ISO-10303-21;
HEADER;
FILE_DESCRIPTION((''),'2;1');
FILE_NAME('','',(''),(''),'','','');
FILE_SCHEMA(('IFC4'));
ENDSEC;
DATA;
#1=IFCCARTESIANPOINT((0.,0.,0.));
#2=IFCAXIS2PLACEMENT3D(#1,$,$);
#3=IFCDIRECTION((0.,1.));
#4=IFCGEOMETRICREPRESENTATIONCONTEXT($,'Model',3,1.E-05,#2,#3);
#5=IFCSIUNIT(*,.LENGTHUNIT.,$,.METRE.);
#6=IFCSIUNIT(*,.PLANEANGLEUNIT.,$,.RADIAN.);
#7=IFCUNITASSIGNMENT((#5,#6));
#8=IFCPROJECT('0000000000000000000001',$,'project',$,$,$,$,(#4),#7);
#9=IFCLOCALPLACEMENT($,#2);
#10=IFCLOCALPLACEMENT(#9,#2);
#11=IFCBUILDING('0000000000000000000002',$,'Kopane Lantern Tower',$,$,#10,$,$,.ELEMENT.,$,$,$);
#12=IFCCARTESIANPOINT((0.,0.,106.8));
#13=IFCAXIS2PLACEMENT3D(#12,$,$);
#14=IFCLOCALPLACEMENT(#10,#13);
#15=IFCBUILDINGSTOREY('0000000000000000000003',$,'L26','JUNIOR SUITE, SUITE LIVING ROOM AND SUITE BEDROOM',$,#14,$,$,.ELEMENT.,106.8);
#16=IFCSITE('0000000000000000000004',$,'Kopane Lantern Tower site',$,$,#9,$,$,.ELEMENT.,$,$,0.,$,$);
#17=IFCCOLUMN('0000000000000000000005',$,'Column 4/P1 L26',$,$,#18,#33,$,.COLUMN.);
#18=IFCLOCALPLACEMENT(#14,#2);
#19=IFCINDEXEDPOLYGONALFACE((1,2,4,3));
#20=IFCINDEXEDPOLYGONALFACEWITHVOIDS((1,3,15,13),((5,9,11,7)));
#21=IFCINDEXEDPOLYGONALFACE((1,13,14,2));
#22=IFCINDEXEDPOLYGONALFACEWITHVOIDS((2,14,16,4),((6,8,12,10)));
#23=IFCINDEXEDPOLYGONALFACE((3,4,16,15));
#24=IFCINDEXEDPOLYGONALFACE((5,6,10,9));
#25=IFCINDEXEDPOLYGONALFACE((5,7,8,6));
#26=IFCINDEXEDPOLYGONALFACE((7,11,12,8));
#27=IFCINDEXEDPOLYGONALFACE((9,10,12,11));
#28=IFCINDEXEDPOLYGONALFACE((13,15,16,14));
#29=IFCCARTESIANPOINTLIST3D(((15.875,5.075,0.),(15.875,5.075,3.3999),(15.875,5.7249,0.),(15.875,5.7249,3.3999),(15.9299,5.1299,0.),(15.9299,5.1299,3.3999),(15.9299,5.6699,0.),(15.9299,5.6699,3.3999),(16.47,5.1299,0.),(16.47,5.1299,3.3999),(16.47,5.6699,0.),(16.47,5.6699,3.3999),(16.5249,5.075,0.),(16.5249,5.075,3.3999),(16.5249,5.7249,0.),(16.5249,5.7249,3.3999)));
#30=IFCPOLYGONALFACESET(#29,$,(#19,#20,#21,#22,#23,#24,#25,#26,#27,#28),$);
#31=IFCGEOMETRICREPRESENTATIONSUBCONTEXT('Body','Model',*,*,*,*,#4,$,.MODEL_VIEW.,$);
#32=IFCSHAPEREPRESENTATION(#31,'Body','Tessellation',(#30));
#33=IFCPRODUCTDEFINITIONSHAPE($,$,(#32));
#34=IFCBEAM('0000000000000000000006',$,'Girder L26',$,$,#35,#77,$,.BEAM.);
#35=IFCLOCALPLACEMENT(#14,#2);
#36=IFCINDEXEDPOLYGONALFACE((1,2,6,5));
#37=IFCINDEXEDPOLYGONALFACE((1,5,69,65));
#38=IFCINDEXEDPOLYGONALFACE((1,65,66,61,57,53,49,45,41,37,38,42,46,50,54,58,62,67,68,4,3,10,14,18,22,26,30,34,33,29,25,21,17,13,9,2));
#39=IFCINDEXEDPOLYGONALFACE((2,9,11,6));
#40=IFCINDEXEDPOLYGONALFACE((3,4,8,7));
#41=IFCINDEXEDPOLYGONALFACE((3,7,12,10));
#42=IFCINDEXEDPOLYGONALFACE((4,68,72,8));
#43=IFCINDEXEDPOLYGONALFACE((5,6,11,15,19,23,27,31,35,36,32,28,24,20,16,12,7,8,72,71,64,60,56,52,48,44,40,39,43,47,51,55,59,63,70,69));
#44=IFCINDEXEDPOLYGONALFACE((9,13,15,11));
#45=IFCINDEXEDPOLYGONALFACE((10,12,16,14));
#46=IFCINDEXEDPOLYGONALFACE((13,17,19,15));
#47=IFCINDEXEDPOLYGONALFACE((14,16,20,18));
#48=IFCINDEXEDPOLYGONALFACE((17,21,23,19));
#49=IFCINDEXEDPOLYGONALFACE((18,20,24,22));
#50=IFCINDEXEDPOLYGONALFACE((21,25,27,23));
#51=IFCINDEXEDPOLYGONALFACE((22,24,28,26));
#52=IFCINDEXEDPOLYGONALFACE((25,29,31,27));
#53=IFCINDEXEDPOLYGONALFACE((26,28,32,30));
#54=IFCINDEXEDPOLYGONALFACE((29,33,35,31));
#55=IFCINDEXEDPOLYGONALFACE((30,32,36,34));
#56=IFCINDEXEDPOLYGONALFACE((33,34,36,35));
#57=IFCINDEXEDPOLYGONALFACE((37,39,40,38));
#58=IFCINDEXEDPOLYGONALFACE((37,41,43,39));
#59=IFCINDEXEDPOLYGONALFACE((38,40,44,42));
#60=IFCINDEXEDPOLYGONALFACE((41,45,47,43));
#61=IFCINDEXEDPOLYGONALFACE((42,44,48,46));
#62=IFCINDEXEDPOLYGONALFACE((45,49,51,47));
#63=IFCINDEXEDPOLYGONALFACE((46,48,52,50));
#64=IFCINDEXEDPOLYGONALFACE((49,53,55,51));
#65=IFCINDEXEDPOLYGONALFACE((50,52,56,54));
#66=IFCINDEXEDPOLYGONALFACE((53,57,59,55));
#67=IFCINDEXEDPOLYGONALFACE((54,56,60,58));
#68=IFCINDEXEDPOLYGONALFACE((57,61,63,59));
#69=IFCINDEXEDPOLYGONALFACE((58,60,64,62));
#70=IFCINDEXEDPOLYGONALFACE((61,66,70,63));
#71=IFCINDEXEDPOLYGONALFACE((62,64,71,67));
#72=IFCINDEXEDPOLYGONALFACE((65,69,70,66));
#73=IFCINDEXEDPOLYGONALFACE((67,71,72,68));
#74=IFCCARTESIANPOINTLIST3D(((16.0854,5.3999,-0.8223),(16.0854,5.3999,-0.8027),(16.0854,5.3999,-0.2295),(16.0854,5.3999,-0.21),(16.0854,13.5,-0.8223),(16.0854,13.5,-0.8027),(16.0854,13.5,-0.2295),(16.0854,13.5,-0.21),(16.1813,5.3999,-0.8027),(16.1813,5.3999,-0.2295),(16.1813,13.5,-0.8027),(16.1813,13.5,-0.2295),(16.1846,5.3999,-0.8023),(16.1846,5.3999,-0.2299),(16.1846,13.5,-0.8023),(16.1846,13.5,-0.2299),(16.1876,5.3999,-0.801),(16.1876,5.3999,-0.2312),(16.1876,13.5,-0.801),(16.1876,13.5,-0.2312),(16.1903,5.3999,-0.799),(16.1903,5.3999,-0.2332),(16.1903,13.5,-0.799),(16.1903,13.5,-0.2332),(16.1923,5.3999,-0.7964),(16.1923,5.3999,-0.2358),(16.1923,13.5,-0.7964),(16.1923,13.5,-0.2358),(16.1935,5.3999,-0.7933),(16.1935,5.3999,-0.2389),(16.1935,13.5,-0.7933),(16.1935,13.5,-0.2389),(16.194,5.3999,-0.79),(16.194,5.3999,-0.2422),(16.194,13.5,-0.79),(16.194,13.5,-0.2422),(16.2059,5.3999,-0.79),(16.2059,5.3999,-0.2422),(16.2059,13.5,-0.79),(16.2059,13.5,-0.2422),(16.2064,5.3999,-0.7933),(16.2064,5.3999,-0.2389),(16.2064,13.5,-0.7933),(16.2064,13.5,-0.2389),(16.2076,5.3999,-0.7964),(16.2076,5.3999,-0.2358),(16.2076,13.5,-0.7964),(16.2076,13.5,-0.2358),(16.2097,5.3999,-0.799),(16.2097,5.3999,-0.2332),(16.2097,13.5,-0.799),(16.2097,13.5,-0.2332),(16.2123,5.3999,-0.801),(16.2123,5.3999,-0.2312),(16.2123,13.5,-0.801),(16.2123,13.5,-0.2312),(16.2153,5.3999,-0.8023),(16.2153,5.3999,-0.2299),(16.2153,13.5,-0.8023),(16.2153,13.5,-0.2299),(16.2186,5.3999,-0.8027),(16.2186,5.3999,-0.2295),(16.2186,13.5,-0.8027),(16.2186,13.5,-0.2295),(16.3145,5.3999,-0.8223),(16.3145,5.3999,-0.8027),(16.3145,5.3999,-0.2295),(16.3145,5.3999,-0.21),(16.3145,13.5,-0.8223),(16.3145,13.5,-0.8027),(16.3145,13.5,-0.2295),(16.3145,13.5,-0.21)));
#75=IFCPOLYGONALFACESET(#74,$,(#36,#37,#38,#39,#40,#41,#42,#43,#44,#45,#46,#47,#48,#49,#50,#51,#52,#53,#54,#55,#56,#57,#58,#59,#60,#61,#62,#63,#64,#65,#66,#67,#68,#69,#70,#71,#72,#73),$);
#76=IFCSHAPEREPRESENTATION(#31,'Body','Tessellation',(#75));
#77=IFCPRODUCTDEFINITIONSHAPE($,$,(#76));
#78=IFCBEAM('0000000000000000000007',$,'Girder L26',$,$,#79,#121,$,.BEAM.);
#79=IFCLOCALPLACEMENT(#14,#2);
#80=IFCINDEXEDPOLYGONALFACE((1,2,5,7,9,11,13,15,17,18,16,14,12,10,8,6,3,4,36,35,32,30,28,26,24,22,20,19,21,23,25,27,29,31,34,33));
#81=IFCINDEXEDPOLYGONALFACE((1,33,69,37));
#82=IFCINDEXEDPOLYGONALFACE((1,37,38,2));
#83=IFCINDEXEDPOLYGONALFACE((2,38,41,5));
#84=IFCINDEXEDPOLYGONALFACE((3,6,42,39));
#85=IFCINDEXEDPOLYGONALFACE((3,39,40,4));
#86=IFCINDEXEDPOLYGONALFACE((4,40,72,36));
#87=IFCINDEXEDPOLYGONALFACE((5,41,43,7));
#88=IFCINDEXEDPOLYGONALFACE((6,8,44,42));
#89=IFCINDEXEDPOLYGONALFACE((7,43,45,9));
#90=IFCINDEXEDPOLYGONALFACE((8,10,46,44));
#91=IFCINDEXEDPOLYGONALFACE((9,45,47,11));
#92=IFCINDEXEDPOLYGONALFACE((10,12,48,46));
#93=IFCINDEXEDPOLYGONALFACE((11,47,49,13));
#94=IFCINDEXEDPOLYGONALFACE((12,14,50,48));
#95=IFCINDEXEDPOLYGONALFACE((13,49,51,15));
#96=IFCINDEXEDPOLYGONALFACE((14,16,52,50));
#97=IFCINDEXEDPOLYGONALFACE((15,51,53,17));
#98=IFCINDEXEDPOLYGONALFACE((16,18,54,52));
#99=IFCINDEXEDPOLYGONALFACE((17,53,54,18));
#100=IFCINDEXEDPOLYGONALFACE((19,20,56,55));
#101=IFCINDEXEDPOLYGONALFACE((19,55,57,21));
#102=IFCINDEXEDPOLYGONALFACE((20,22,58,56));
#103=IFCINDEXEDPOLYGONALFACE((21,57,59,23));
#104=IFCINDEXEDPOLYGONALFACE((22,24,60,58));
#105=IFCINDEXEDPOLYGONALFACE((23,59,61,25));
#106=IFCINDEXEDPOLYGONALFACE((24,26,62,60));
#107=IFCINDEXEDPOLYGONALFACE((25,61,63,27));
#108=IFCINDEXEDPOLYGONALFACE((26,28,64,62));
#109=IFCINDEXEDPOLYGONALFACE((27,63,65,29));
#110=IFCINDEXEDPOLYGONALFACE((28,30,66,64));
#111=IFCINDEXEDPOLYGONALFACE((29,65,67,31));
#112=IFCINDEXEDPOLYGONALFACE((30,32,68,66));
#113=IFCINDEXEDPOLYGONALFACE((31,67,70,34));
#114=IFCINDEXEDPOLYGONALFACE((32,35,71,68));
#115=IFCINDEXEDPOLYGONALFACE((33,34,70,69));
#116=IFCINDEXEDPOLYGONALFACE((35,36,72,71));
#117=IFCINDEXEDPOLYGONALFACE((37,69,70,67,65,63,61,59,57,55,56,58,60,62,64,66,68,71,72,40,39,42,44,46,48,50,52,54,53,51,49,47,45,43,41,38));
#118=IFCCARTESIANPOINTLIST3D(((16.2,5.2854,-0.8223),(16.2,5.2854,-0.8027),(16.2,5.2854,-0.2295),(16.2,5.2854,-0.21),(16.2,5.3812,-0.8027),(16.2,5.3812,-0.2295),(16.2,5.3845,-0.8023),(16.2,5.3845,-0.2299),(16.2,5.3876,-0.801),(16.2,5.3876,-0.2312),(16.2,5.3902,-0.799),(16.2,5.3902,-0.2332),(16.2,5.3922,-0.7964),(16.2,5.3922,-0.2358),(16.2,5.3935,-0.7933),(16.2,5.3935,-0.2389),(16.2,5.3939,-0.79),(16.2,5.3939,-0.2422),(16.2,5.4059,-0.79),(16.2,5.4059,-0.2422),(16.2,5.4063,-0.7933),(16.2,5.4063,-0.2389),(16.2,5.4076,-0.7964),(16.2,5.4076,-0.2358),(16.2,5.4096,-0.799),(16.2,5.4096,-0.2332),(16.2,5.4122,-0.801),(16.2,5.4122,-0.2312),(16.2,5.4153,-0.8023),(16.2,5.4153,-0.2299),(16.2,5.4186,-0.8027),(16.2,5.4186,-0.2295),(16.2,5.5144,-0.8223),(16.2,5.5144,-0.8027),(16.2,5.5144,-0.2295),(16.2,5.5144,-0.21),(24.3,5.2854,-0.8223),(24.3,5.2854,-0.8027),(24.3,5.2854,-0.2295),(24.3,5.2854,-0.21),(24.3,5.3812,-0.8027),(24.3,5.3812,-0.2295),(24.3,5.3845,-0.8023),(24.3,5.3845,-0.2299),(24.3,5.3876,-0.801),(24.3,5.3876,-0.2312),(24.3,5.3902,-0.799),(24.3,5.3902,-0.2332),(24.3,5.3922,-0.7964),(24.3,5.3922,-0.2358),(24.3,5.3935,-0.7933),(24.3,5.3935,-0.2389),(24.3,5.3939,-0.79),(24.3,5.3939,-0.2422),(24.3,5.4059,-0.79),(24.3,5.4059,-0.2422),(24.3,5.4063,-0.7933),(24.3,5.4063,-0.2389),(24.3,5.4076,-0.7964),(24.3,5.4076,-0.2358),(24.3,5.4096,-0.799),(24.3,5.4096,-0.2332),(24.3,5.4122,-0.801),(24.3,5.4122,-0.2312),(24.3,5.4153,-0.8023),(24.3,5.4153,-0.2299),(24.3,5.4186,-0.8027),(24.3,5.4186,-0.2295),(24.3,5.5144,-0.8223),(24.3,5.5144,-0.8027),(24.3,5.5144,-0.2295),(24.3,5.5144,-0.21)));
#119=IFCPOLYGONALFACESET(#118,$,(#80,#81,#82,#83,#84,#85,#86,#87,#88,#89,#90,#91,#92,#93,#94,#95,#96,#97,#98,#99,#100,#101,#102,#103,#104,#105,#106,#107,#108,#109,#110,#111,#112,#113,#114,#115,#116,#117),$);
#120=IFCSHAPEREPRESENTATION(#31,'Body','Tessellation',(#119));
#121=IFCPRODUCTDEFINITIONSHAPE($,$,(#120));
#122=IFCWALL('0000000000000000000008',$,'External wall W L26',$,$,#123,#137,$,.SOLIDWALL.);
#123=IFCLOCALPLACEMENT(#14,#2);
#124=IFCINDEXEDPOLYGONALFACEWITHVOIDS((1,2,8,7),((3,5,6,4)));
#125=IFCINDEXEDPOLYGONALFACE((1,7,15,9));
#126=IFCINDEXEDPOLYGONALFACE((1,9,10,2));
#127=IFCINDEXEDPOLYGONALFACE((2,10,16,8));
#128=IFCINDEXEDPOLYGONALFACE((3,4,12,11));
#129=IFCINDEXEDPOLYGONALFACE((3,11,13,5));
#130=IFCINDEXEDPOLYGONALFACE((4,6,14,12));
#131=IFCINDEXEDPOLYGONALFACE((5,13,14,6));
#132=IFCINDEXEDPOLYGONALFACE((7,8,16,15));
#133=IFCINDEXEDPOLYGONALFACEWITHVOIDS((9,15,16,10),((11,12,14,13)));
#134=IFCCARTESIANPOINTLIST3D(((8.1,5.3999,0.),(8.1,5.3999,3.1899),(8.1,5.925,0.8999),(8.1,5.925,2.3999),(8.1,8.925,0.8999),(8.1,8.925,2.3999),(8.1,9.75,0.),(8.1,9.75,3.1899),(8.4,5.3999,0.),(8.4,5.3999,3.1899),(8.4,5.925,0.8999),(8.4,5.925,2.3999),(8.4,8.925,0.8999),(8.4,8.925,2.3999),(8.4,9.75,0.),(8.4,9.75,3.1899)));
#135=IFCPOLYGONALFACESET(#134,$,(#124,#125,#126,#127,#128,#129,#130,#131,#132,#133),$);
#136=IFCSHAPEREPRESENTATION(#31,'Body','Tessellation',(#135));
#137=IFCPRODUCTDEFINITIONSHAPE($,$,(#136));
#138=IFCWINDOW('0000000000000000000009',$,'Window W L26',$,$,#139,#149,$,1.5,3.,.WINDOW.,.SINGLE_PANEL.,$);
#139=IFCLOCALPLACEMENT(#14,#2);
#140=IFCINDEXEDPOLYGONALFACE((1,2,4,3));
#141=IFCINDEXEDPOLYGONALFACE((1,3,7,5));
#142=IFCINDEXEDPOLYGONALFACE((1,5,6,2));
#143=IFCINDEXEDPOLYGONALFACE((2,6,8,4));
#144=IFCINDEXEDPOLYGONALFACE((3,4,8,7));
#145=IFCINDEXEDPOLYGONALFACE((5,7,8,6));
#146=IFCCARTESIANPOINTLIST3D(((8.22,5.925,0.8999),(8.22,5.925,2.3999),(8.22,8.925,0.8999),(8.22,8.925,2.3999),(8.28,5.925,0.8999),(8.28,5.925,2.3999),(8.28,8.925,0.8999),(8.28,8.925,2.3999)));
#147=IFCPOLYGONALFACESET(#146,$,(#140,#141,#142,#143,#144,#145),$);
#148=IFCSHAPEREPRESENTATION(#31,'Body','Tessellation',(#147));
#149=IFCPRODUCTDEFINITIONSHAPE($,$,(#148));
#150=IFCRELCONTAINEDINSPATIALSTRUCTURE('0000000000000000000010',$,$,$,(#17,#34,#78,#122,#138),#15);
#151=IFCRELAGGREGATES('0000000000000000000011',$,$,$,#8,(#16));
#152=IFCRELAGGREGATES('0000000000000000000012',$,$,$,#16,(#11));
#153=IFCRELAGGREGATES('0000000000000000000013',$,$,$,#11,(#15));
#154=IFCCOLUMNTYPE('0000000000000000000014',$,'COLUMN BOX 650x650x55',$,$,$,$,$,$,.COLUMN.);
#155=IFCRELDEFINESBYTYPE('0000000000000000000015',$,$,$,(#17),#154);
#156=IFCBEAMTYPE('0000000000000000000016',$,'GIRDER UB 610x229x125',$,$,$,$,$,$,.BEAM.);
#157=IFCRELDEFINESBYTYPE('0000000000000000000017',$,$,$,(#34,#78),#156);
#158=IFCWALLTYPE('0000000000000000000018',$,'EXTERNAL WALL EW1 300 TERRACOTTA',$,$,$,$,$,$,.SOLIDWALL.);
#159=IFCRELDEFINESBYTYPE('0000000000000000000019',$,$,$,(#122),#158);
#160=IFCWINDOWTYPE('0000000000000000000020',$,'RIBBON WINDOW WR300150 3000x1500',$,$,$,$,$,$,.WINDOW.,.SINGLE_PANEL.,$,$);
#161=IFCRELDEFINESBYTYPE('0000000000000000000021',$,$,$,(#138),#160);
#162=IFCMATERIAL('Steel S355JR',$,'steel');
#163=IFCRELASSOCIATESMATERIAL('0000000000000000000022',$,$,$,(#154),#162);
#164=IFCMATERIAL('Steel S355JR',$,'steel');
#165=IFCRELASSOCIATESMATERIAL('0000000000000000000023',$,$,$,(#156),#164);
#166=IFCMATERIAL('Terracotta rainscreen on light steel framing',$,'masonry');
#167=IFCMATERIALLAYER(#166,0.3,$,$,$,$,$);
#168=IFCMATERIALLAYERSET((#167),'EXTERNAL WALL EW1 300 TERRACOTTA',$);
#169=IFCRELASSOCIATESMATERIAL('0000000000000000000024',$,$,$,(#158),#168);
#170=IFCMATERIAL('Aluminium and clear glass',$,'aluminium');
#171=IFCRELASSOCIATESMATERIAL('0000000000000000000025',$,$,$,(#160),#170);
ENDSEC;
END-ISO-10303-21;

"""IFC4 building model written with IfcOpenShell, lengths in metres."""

from ifc_helpers import new_model, si_unit, direction, frame, frame_2d, origin, origin_2d, place, context, subcontext, project, spatial, rectangle, hollow_rectangle, i_section, extrude, material, layer, layer_set, material_profile, profile_set, type_object, element, fill, save


model = new_model("IFC4")

# Units and contexts
model_context = context("Model", 3, precision=1e-05, world=origin(), true_north=direction((0.0, 1.0)))
body_context = subcontext(model_context, "Body", "Model", "MODEL_VIEW")
ifc_project = project(units=[si_unit("LENGTHUNIT", "METRE"), si_unit("PLANEANGLEUNIT", "RADIAN")], contexts=[model_context])

# Site, building, storey
site_placement = place(None, origin())
site = spatial("IfcSite", under=ifc_project, at=site_placement, Name="Kopane Lantern Tower site", CompositionType="ELEMENT", RefElevation=0.0)
building_placement = place(site_placement, origin())
building = spatial("IfcBuilding", under=site, at=building_placement, Name="Kopane Lantern Tower", CompositionType="ELEMENT")
storey_placement = place(building_placement, frame((0.0, 0.0, 106.8)))
storey = spatial("IfcBuildingStorey", under=building, at=storey_placement, Name="L26", Description="JUNIOR SUITE, SUITE LIVING ROOM AND SUITE BEDROOM", CompositionType="ELEMENT", Elevation=106.8)

# Column
ifc_material_1 = material(Name="Steel S355JR", Category="steel")
ifc_material_profile_1 = material_profile(ifc_material_1, hollow_rectangle(XDim=0.6499, YDim=0.6499, WallThickness=0.0549, at=origin_2d()), Name="BOX 650x650x55")
ifc_profile_set_1 = profile_set([ifc_material_profile_1], Name="Steel S355JR")
column_type = type_object("IfcColumnType", Name="COLUMN BOX 650x650x55", PredefinedType="COLUMN", material=ifc_profile_set_1)
column_placement = place(storey_placement, frame((16.2, 5.3999, 0.0), z_axis=(0.0, 0.0, 1.0), x_axis=(1.0, 0.0, 0.0)))
element("IfcColumn", 1, at=column_placement, inside=storey, type_object=column_type, Name="Column 4/P1 L26", PredefinedType="COLUMN", context=body_context, shape_type="SweptSolid", body=[
    extrude(hollow_rectangle(XDim=0.6499, YDim=0.6499, WallThickness=0.0549, at=origin_2d()), origin(), (0.0, 0.0, 1.0), 3.3999),
])

# Beams
ifc_material_2 = material(Name="Steel S355JR", Category="steel")
ifc_material_profile_2 = material_profile(ifc_material_2, i_section(OverallWidth=0.229, OverallDepth=0.6123, WebThickness=0.012, FlangeThickness=0.0195, FilletRadius=0.0127, at=origin_2d()), Name="UB 610x229x125")
ifc_profile_set_2 = profile_set([ifc_material_profile_2], Name="Steel S355JR")
beam_type = type_object("IfcBeamType", Name="GIRDER UB 610x229x125", PredefinedType="BEAM", material=ifc_profile_set_2)
for number, where, z_axis, x_axis, name in (
    (2, (16.2, 5.3999, -0.5161), (0.0, 1.0, 0.0), (-1.0, 0.0, 0.0), "Girder L26"),
    (3, (16.2, 5.3999, -0.5161), (1.0, 0.0, 0.0), (0.0, 1.0, 0.0), "Girder L26"),
):
    element("IfcBeam", number, at=place(storey_placement, frame(where, z_axis=z_axis, x_axis=x_axis)), inside=storey, type_object=beam_type, Name=name, PredefinedType="BEAM", context=body_context, shape_type="SweptSolid", body=[
        extrude(i_section(OverallWidth=0.229, OverallDepth=0.6123, WebThickness=0.012, FlangeThickness=0.0195, FilletRadius=0.0127, at=origin_2d()), origin(), (0.0, 0.0, 1.0), 8.1001),
    ])

# Shared definitions
ifc_material_3 = material(Name="Terracotta rainscreen on light steel framing", Category="masonry")
ifc_layer = layer(ifc_material_3, 0.3)
ifc_layer_set = layer_set([ifc_layer], Name="EXTERNAL WALL EW1 300 TERRACOTTA")
wall_type = type_object("IfcWallType", Name="EXTERNAL WALL EW1 300 TERRACOTTA", PredefinedType="SOLIDWALL", material=ifc_layer_set)

# Wall, opening, window
wall_1_placement = place(storey_placement, frame((8.25, 9.75, 0.0), z_axis=(0.0, 0.0, 1.0), x_axis=(0.0, -1.0, 0.0)))
wall_1 = element("IfcWall", 4, at=wall_1_placement, inside=storey, type_object=wall_type, Name="External wall W L26", PredefinedType="SOLIDWALL", context=body_context, shape_type="SweptSolid", body=[
    extrude(rectangle(XDim=4.3501, YDim=0.3, at=frame_2d((2.175, 0.0))), origin(), (0.0, 0.0, 1.0), 3.1899),
])
opening_1_placement = place(wall_1_placement, frame((0.825, 0.0, 0.8999)))
opening_1 = element("IfcOpeningElement", 5, at=opening_1_placement, cuts=wall_1, PredefinedType="OPENING", context=body_context, shape_type="SweptSolid", body=[
    extrude(rectangle(XDim=3.0, YDim=1.5, at=frame_2d((1.5, 0.75))), frame((0.0, 0.1599, 0.0), z_axis=(0.0, -1.0, 0.0), x_axis=(1.0, 0.0, 0.0)), (0.0, 0.0, 1.0), 0.3201),
])
ifc_material_4 = material(Name="Aluminium and clear glass", Category="aluminium")
window_type_1 = type_object("IfcWindowType", Name="RIBBON WINDOW WR300150 3000x1500", PartitioningType="SINGLE_PANEL", PredefinedType="WINDOW", material=ifc_material_4)
window_1_placement = place(opening_1_placement, origin())
window_1 = element("IfcWindow", 6, at=window_1_placement, inside=storey, type_object=window_type_1, Name="Window W L26", OverallHeight=1.5, OverallWidth=3.0, PartitioningType="SINGLE_PANEL", PredefinedType="WINDOW", context=body_context, shape_type="SweptSolid", body=[
    extrude(rectangle(XDim=3.0, YDim=1.5, at=frame_2d((1.5, 0.75))), frame((0.0, 0.03, 0.0), z_axis=(0.0, -1.0, 0.0), x_axis=(1.0, 0.0, 0.0)), (0.0, 0.0, 1.0), 0.0601),
])
fill(opening_1, window_1)

save(model, "model.ifc")
